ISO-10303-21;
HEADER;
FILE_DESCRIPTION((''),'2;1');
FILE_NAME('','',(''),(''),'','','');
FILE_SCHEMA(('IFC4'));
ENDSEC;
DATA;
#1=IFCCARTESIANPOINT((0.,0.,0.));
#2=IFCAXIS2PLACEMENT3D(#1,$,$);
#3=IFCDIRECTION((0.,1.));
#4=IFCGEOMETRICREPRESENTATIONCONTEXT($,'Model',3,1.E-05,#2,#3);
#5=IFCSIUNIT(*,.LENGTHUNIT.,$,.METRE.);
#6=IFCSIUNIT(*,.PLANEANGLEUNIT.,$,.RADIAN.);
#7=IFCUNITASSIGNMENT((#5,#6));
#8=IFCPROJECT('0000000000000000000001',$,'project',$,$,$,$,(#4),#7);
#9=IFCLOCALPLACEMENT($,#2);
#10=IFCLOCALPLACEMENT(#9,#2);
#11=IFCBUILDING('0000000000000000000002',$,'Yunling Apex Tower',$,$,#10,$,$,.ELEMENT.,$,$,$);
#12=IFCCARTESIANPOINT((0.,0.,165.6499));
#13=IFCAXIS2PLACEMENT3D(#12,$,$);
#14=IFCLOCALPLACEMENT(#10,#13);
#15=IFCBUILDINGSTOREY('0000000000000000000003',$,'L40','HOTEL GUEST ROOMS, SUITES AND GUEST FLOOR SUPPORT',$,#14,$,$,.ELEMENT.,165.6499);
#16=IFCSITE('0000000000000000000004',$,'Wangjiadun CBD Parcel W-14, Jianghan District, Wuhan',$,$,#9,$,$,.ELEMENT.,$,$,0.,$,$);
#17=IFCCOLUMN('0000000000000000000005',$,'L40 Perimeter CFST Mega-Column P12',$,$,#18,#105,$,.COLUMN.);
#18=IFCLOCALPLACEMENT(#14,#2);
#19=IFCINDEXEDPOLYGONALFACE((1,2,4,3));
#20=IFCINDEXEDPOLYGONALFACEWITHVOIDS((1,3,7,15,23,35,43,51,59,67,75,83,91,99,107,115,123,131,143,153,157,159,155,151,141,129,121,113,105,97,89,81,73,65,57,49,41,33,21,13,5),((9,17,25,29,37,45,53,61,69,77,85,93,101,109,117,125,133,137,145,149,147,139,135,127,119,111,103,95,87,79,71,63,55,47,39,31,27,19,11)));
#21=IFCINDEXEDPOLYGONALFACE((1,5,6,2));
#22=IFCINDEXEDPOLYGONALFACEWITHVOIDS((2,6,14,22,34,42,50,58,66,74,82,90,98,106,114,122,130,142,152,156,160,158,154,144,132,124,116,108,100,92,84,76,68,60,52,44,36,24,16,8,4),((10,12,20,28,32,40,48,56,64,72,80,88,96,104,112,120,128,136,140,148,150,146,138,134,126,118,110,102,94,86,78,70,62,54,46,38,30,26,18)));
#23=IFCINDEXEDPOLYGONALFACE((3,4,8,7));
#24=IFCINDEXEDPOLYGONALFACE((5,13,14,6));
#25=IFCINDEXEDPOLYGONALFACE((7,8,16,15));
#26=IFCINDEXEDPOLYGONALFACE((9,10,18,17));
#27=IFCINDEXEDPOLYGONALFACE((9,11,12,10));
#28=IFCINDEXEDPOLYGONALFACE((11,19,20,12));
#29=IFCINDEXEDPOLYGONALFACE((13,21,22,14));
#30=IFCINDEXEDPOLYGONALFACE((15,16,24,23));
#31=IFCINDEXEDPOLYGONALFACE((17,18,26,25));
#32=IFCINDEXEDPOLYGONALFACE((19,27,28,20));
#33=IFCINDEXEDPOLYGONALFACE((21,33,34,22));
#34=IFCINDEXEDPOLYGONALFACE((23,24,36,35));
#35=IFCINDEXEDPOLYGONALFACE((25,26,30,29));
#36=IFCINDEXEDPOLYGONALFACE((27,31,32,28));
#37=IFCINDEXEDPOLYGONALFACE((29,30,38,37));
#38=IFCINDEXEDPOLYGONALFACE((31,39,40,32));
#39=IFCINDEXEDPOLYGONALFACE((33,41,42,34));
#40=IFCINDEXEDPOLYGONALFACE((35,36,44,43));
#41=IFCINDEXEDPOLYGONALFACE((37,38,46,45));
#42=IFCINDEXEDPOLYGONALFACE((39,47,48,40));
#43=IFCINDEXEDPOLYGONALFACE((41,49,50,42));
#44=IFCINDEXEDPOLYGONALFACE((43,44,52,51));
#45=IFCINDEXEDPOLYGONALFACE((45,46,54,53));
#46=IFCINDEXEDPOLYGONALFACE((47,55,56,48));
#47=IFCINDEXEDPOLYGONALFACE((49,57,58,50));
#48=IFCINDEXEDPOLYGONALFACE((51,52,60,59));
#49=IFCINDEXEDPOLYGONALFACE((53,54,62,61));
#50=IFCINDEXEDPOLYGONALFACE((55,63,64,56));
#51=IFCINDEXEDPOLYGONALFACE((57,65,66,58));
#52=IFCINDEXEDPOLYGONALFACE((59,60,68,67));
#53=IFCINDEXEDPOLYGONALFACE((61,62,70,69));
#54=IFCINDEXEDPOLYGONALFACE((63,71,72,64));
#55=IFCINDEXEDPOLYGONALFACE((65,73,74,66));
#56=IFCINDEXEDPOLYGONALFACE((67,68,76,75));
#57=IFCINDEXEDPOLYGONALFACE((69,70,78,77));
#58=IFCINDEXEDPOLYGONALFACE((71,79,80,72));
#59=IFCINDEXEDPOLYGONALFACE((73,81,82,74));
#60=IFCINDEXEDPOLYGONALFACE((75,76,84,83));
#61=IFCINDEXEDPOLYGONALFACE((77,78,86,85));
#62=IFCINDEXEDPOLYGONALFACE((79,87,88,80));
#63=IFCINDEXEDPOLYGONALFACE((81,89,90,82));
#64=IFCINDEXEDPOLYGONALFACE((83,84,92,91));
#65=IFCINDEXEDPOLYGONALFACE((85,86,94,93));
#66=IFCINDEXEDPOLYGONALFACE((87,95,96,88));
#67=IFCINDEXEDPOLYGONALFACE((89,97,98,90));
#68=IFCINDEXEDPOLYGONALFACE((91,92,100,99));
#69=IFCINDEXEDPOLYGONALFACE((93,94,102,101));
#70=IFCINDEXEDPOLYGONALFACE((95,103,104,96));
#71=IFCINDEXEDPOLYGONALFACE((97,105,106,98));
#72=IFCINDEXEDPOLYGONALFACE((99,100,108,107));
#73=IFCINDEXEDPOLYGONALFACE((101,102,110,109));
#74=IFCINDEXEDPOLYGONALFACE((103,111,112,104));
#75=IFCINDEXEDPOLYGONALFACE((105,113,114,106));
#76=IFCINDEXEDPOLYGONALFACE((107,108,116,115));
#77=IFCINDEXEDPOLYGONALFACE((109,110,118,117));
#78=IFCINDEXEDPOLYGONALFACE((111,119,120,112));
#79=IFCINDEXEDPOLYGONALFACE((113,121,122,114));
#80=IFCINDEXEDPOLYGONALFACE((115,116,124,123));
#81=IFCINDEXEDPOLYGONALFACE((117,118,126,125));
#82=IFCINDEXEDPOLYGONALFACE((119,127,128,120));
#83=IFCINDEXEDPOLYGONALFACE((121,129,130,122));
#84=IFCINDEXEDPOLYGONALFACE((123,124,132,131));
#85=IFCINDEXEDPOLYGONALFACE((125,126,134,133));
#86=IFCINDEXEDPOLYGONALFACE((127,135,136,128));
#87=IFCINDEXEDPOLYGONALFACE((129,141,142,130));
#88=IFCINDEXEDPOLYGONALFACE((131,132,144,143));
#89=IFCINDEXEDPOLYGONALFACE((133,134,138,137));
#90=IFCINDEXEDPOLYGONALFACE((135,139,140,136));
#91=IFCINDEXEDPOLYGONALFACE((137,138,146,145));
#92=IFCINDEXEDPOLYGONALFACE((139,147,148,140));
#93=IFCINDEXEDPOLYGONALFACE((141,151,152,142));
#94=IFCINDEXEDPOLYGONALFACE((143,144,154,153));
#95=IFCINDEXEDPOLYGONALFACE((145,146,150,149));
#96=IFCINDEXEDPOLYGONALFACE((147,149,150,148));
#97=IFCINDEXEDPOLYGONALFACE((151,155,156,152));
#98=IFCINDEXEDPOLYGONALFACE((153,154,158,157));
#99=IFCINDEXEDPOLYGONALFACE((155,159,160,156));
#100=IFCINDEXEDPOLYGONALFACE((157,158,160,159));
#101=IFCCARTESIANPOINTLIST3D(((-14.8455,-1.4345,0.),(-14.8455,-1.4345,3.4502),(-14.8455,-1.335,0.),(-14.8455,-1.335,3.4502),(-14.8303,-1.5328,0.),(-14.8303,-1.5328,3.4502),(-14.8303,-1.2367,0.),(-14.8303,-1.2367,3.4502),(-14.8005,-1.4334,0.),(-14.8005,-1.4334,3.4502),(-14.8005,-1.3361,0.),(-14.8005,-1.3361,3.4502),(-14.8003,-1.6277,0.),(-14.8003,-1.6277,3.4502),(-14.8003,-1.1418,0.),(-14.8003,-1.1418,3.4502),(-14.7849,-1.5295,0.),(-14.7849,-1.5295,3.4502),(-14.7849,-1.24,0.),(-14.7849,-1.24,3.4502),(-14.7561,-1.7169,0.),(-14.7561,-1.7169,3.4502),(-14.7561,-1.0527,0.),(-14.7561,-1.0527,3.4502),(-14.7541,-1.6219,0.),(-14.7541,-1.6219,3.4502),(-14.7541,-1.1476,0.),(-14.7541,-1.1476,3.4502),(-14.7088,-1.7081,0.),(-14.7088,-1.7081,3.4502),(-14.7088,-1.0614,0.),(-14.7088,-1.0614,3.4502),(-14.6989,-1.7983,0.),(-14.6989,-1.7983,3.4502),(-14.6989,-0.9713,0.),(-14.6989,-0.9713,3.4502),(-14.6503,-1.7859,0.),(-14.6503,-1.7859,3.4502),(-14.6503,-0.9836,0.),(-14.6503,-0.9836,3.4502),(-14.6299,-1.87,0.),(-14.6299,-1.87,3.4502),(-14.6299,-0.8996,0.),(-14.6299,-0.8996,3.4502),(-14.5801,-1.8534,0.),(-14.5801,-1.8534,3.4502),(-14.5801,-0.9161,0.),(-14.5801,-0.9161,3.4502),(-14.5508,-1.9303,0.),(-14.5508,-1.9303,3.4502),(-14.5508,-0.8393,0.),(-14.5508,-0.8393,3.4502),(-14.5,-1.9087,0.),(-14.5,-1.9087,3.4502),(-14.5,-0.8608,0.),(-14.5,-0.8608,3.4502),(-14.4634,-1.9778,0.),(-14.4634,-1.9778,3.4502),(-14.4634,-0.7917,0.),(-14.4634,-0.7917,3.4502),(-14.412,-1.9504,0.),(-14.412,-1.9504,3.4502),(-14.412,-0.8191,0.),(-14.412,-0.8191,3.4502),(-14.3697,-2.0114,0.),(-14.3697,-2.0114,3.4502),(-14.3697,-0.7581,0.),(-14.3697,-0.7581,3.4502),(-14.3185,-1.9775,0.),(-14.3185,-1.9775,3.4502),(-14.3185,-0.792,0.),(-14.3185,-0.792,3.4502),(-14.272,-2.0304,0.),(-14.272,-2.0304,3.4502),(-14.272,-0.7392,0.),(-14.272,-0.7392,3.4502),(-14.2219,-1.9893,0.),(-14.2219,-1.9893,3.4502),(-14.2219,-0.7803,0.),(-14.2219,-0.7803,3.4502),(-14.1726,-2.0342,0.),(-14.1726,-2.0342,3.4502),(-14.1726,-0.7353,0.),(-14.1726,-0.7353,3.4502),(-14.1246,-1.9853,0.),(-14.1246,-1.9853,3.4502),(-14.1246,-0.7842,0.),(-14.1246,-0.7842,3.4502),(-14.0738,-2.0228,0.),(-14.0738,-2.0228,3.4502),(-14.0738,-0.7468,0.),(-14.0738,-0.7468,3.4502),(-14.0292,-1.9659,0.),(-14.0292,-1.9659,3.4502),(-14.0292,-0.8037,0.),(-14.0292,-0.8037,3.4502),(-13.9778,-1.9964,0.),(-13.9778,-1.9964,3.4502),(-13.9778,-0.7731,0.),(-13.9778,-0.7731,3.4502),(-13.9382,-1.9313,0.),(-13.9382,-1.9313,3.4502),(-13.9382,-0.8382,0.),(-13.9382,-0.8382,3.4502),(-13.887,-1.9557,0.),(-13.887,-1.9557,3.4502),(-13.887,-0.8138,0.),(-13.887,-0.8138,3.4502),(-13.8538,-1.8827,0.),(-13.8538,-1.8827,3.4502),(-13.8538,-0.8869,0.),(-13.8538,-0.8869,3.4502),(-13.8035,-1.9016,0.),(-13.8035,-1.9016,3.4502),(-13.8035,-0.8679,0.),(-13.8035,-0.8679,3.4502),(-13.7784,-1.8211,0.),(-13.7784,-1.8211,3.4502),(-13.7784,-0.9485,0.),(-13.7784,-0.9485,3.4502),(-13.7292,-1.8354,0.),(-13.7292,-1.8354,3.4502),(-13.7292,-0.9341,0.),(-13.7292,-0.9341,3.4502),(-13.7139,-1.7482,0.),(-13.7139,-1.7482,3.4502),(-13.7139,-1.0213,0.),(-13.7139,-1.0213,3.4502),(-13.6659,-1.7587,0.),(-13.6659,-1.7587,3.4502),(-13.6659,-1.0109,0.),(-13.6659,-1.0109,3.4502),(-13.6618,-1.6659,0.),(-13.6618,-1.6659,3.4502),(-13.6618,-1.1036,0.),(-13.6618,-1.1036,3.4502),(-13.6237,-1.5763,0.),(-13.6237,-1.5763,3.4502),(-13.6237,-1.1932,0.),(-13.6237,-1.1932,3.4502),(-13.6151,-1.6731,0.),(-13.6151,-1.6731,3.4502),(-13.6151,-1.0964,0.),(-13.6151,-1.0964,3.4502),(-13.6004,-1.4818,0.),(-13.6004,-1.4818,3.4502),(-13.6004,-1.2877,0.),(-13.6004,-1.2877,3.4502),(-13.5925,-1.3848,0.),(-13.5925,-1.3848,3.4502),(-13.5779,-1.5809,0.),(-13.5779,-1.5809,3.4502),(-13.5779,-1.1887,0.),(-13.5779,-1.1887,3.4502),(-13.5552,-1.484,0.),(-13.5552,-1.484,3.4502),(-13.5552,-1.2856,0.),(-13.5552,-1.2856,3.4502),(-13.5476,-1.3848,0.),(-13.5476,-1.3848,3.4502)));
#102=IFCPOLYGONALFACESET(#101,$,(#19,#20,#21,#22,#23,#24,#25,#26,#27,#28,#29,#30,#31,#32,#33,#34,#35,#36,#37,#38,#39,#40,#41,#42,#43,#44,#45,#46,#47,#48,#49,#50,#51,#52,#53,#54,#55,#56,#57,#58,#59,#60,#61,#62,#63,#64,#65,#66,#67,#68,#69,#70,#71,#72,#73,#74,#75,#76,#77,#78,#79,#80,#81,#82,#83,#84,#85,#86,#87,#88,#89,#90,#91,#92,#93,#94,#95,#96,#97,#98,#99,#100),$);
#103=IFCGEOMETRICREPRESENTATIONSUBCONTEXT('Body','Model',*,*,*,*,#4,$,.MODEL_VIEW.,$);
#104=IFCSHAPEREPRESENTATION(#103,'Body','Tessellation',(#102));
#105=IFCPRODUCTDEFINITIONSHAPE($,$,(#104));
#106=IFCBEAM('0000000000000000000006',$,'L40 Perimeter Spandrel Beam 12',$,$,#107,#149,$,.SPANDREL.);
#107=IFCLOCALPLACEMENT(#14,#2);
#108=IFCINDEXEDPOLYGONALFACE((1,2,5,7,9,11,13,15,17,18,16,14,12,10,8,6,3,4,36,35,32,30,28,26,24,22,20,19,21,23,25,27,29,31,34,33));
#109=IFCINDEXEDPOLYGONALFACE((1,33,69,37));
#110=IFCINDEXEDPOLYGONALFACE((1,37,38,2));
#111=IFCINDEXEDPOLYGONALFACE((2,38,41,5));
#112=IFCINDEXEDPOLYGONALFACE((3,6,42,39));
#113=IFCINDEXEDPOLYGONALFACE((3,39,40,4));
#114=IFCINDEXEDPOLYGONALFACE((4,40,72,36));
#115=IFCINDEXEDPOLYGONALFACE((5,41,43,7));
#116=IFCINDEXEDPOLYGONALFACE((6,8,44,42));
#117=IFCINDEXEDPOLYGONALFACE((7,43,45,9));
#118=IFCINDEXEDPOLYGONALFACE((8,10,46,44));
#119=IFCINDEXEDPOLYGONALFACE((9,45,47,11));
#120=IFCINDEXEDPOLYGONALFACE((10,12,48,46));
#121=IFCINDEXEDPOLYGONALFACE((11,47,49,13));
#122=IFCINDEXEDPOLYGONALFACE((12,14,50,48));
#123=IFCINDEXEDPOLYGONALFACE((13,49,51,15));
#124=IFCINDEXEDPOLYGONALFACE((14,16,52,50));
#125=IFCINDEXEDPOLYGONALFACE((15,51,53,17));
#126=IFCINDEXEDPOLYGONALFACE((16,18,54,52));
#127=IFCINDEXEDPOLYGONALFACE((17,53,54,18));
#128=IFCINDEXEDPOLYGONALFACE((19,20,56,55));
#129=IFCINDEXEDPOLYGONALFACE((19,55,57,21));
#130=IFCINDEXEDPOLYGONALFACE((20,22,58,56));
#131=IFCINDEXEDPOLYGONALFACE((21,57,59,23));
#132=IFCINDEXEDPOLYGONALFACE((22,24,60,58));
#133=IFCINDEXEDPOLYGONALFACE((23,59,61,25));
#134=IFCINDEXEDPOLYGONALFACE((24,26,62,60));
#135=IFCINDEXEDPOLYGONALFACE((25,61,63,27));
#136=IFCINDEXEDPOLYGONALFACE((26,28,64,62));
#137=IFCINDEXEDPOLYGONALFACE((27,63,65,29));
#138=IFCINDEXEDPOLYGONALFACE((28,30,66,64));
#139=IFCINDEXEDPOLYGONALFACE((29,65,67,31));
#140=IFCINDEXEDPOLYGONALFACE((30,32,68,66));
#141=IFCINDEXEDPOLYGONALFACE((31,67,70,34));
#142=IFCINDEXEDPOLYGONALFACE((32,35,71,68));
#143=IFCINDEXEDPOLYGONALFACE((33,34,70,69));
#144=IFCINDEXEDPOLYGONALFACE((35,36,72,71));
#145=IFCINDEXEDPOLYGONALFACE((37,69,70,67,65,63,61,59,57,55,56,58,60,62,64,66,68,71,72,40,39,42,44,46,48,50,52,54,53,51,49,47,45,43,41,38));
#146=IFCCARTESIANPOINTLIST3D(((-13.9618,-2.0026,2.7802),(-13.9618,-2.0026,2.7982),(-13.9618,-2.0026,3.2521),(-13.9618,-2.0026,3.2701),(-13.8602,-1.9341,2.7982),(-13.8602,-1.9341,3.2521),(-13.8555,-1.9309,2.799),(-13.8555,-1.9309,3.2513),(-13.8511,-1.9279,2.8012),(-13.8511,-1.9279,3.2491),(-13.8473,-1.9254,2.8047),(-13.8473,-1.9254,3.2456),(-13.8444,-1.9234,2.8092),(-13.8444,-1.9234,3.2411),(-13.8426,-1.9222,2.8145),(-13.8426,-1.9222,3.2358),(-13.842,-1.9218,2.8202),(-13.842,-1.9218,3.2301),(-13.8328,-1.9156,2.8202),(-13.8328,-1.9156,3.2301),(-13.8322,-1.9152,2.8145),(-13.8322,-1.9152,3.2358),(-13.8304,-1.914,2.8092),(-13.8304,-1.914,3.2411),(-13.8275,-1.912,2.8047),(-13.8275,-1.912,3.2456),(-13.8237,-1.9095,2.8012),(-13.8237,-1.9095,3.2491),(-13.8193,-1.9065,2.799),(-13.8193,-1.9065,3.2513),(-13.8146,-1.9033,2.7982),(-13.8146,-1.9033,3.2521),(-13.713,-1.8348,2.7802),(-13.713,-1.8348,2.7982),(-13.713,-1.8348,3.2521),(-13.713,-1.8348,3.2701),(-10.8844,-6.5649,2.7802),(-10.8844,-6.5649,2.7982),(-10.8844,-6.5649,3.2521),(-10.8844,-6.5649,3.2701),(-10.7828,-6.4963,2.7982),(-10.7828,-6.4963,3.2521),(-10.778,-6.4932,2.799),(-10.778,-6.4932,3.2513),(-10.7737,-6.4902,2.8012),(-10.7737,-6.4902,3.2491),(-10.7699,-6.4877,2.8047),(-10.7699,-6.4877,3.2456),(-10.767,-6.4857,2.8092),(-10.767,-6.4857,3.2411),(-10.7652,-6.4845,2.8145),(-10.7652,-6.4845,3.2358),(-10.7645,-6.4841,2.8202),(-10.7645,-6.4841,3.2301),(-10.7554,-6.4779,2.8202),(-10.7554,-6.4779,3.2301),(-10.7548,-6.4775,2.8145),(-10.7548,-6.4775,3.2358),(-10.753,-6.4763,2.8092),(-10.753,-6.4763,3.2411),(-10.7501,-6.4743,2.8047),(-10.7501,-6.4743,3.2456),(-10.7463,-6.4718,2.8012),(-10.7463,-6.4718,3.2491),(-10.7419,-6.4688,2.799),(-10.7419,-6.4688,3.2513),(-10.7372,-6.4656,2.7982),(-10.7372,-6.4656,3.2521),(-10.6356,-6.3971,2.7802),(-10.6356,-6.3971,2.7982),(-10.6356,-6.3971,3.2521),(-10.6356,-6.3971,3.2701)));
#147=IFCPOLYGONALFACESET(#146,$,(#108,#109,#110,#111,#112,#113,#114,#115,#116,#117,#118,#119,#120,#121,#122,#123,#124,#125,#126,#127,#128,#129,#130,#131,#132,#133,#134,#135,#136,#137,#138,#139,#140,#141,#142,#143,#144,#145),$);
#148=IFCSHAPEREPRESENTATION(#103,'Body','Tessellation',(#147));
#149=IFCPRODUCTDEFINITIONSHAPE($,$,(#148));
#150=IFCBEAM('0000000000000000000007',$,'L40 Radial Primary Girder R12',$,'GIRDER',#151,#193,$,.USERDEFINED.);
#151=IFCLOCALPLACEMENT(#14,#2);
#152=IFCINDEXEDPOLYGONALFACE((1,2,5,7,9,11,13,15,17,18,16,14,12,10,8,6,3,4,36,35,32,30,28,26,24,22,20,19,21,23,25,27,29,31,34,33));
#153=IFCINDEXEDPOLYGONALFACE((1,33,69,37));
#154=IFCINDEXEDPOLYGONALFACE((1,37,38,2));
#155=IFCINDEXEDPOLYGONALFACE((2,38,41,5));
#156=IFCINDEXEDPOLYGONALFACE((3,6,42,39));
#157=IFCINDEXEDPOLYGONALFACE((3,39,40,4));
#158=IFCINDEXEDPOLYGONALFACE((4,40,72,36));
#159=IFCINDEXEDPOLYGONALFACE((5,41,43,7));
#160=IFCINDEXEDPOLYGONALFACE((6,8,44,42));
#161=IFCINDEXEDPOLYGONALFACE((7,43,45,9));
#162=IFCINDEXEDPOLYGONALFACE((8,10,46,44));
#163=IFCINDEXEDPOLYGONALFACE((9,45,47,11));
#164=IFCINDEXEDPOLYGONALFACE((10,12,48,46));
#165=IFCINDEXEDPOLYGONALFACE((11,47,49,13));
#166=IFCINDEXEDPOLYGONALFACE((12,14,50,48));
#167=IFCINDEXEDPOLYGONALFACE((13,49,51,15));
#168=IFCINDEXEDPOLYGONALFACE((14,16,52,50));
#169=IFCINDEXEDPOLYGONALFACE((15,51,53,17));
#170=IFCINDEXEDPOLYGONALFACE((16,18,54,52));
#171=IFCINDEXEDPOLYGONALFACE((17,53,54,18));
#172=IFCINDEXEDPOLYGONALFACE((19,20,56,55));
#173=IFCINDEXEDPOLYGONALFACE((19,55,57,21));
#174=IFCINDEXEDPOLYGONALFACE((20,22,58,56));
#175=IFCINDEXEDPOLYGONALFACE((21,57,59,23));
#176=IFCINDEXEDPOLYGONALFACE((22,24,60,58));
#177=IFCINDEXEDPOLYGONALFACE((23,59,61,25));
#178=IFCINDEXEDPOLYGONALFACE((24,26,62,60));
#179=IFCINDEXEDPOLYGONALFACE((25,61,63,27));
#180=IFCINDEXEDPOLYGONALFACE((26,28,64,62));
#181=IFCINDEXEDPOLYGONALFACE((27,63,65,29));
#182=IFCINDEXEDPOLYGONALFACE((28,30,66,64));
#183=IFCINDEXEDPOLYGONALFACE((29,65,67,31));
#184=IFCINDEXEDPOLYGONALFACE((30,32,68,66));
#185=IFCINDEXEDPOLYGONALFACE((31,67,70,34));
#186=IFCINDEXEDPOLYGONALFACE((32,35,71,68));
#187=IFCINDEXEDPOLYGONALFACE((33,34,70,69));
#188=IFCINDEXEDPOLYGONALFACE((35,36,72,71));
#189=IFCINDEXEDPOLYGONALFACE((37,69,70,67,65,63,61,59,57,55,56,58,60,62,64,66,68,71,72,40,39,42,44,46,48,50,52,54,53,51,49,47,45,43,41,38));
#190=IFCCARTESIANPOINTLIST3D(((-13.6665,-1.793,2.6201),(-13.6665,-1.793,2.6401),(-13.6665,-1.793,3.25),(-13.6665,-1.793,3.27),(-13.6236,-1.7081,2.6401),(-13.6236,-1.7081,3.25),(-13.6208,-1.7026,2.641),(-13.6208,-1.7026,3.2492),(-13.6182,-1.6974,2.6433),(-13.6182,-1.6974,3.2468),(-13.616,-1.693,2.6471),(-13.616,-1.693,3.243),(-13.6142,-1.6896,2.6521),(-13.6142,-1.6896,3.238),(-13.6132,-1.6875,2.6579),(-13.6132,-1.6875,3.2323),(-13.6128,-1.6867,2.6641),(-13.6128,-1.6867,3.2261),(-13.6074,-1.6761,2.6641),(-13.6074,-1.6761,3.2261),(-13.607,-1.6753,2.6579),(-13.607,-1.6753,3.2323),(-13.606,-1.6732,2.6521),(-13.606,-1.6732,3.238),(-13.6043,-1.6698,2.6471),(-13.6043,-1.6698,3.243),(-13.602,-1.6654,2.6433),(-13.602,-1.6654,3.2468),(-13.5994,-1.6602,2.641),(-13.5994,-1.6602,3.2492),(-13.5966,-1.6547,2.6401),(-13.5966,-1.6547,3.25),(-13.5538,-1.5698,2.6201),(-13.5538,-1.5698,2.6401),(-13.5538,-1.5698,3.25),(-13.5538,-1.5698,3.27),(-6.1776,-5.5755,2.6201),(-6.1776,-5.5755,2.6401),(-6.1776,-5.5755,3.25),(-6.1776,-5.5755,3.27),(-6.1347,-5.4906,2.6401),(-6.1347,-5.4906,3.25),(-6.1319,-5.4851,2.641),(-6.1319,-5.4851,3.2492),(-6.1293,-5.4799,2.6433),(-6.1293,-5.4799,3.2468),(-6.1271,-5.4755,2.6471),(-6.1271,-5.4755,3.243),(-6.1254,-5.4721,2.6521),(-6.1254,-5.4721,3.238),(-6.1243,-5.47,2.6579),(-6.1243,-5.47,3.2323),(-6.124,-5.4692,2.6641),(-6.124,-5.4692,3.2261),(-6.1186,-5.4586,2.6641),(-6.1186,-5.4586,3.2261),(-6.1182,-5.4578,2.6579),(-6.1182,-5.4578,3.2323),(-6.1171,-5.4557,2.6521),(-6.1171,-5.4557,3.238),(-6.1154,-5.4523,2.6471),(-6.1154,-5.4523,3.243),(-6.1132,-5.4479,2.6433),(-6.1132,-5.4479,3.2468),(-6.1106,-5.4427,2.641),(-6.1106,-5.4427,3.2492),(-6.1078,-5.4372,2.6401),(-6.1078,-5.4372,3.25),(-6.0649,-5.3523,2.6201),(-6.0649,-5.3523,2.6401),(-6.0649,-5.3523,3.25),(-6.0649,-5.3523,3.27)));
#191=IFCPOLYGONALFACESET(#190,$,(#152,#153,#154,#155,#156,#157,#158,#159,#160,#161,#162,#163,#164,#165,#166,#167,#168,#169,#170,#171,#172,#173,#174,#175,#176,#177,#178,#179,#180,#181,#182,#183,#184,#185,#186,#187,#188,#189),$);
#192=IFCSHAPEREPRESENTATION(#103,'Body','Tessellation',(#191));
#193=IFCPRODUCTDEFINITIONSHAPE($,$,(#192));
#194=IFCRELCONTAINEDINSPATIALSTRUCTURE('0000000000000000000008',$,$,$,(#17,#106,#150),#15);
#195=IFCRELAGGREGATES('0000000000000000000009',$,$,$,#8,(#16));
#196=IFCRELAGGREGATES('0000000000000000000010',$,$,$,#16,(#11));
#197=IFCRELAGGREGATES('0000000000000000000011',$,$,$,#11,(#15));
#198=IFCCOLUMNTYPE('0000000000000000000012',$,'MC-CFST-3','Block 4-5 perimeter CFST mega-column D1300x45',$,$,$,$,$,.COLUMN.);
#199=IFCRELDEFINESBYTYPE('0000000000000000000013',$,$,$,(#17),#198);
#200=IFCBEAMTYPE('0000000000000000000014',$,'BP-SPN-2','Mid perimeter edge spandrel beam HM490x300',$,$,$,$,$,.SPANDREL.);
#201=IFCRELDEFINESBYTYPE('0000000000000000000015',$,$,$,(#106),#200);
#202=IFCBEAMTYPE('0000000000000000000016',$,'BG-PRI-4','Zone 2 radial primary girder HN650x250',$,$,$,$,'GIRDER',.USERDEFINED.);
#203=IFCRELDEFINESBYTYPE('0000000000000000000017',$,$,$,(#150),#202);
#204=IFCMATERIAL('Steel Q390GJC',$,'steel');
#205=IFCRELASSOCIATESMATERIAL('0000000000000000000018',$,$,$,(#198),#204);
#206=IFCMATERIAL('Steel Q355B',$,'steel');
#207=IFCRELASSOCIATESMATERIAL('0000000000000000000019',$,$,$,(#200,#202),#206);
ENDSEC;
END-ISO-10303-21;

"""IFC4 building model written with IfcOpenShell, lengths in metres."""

from ifc_helpers import new_model, si_unit, direction, frame, origin, origin_2d, place, context, subcontext, project, spatial, hollow_circle, i_section, extrude, source, transform, mapped, material, material_profile, profile_set, type_object, element, save


model = new_model("IFC4")

# Units and contexts
model_context = context("Model", 3, precision=1e-05, world=origin(), true_north=direction((0.0, 1.0)))
body_context = subcontext(model_context, "Body", "Model", "MODEL_VIEW")
ifc_project = project(units=[si_unit("LENGTHUNIT", "METRE"), si_unit("PLANEANGLEUNIT", "RADIAN")], contexts=[model_context])

# Site, building, storey
site_placement = place(None, origin())
site = spatial("IfcSite", under=ifc_project, at=site_placement, Name="Wangjiadun CBD Parcel W-14, Jianghan District, Wuhan", CompositionType="ELEMENT", RefElevation=0.0)
building_placement = place(site_placement, origin())
building = spatial("IfcBuilding", under=site, at=building_placement, Name="Yunling Apex Tower", CompositionType="ELEMENT")
storey_placement = place(building_placement, frame((0.0, 0.0, 165.6499)))
storey = spatial("IfcBuildingStorey", under=building, at=storey_placement, Name="L40", Description="HOTEL GUEST ROOMS, SUITES AND GUEST FLOOR SUPPORT", CompositionType="ELEMENT", Elevation=165.6499)

# Column
ifc_material_1 = material(Name="Steel Q390GJC", Category="steel")
ifc_material_profile_1 = material_profile(ifc_material_1, hollow_circle(Radius=0.6499, WallThickness=0.0449, at=origin_2d()))
ifc_profile_set_1 = profile_set([ifc_material_profile_1], Name="Steel Q390GJC")
column_type = type_object("IfcColumnType", Name="MC-CFST-3", Description="Block 4-5 perimeter CFST mega-column D1300x45", PredefinedType="COLUMN", material=ifc_profile_set_1)
shared_shape_1 = source(origin(), body_context, "Body", "SweptSolid", [
    extrude(hollow_circle(Radius=0.6499, WallThickness=0.0449, at=origin_2d()), origin(), (0.0, 0.0, 1.0), 3.4502),
])
column_placement = place(storey_placement, frame((-14.1975, -1.3848, 0.0), z_axis=(0.0, 0.0, 1.0), x_axis=(1.0, 0.0, 0.0)))
element("IfcColumn", 1, at=column_placement, inside=storey, type_object=column_type, Name="L40 Perimeter CFST Mega-Column P12", PredefinedType="COLUMN", context=body_context, shape_type="MappedRepresentation", body=[
    mapped(shared_shape_1, transform((0.0, 0.0, 0.0), scale=1.0)),
])

# Beams
ifc_material_2 = material(Name="Steel Q355B", Category="steel")
ifc_material_profile_2 = material_profile(ifc_material_2, i_section(OverallWidth=0.3, OverallDepth=0.49, WebThickness=0.011, FlangeThickness=0.0181, FilletRadius=0.022, at=origin_2d()))
ifc_profile_set_2 = profile_set([ifc_material_profile_2], Name="Steel Q355B")
beam_type_1 = type_object("IfcBeamType", Name="BP-SPN-2", Description="Mid perimeter edge spandrel beam HM490x300", PredefinedType="SPANDREL", material=ifc_profile_set_2)
shared_shape_2 = source(origin(), body_context, "Body", "SweptSolid", [
    extrude(i_section(OverallWidth=0.3, OverallDepth=0.49, WebThickness=0.011, FlangeThickness=0.0181, FilletRadius=0.022, at=origin_2d()), origin(), (0.0, 0.0, 1.0), 5.5032),
])
beam_1_placement = place(storey_placement, frame((-13.8374, -1.9187, 3.0251), z_axis=(0.559207, -0.829028, 0.0), x_axis=(0.829028, 0.559207, 0.0)))
element("IfcBeam", 2, at=beam_1_placement, inside=storey, type_object=beam_type_1, Name="L40 Perimeter Spandrel Beam 12", PredefinedType="SPANDREL", context=body_context, shape_type="MappedRepresentation", body=[
    mapped(shared_shape_2, transform((0.0, 0.0, 0.0), scale=1.0)),
])
ifc_material_profile_3 = material_profile(ifc_material_2, i_section(OverallWidth=0.25, OverallDepth=0.6499, WebThickness=0.012, FlangeThickness=0.02, FilletRadius=0.0239, at=origin_2d()))
ifc_profile_set_3 = profile_set([ifc_material_profile_3], Name="Steel Q355B")
beam_type_2 = type_object("IfcBeamType", Name="BG-PRI-4", Description="Zone 2 radial primary girder HN650x250", ElementType="GIRDER", PredefinedType="USERDEFINED", material=ifc_profile_set_3)
shared_shape_3 = source(origin(), body_context, "Body", "SweptSolid", [
    extrude(i_section(OverallWidth=0.25, OverallDepth=0.6499, WebThickness=0.012, FlangeThickness=0.02, FilletRadius=0.0239, at=origin_2d()), origin(), (0.0, 0.0, 1.0), 8.3899),
])
beam_2_placement = place(storey_placement, frame((-13.6101, -1.6814, 2.9451), z_axis=(0.892604, -0.450842, 0.0), x_axis=(0.450842, 0.892604, 0.0)))
element("IfcBeam", 3, at=beam_2_placement, inside=storey, type_object=beam_type_2, Name="L40 Radial Primary Girder R12", ObjectType="GIRDER", PredefinedType="USERDEFINED", context=body_context, shape_type="MappedRepresentation", body=[
    mapped(shared_shape_3, transform((0.0, 0.0, 0.0), scale=1.0)),
])

save(model, "model.ifc")
